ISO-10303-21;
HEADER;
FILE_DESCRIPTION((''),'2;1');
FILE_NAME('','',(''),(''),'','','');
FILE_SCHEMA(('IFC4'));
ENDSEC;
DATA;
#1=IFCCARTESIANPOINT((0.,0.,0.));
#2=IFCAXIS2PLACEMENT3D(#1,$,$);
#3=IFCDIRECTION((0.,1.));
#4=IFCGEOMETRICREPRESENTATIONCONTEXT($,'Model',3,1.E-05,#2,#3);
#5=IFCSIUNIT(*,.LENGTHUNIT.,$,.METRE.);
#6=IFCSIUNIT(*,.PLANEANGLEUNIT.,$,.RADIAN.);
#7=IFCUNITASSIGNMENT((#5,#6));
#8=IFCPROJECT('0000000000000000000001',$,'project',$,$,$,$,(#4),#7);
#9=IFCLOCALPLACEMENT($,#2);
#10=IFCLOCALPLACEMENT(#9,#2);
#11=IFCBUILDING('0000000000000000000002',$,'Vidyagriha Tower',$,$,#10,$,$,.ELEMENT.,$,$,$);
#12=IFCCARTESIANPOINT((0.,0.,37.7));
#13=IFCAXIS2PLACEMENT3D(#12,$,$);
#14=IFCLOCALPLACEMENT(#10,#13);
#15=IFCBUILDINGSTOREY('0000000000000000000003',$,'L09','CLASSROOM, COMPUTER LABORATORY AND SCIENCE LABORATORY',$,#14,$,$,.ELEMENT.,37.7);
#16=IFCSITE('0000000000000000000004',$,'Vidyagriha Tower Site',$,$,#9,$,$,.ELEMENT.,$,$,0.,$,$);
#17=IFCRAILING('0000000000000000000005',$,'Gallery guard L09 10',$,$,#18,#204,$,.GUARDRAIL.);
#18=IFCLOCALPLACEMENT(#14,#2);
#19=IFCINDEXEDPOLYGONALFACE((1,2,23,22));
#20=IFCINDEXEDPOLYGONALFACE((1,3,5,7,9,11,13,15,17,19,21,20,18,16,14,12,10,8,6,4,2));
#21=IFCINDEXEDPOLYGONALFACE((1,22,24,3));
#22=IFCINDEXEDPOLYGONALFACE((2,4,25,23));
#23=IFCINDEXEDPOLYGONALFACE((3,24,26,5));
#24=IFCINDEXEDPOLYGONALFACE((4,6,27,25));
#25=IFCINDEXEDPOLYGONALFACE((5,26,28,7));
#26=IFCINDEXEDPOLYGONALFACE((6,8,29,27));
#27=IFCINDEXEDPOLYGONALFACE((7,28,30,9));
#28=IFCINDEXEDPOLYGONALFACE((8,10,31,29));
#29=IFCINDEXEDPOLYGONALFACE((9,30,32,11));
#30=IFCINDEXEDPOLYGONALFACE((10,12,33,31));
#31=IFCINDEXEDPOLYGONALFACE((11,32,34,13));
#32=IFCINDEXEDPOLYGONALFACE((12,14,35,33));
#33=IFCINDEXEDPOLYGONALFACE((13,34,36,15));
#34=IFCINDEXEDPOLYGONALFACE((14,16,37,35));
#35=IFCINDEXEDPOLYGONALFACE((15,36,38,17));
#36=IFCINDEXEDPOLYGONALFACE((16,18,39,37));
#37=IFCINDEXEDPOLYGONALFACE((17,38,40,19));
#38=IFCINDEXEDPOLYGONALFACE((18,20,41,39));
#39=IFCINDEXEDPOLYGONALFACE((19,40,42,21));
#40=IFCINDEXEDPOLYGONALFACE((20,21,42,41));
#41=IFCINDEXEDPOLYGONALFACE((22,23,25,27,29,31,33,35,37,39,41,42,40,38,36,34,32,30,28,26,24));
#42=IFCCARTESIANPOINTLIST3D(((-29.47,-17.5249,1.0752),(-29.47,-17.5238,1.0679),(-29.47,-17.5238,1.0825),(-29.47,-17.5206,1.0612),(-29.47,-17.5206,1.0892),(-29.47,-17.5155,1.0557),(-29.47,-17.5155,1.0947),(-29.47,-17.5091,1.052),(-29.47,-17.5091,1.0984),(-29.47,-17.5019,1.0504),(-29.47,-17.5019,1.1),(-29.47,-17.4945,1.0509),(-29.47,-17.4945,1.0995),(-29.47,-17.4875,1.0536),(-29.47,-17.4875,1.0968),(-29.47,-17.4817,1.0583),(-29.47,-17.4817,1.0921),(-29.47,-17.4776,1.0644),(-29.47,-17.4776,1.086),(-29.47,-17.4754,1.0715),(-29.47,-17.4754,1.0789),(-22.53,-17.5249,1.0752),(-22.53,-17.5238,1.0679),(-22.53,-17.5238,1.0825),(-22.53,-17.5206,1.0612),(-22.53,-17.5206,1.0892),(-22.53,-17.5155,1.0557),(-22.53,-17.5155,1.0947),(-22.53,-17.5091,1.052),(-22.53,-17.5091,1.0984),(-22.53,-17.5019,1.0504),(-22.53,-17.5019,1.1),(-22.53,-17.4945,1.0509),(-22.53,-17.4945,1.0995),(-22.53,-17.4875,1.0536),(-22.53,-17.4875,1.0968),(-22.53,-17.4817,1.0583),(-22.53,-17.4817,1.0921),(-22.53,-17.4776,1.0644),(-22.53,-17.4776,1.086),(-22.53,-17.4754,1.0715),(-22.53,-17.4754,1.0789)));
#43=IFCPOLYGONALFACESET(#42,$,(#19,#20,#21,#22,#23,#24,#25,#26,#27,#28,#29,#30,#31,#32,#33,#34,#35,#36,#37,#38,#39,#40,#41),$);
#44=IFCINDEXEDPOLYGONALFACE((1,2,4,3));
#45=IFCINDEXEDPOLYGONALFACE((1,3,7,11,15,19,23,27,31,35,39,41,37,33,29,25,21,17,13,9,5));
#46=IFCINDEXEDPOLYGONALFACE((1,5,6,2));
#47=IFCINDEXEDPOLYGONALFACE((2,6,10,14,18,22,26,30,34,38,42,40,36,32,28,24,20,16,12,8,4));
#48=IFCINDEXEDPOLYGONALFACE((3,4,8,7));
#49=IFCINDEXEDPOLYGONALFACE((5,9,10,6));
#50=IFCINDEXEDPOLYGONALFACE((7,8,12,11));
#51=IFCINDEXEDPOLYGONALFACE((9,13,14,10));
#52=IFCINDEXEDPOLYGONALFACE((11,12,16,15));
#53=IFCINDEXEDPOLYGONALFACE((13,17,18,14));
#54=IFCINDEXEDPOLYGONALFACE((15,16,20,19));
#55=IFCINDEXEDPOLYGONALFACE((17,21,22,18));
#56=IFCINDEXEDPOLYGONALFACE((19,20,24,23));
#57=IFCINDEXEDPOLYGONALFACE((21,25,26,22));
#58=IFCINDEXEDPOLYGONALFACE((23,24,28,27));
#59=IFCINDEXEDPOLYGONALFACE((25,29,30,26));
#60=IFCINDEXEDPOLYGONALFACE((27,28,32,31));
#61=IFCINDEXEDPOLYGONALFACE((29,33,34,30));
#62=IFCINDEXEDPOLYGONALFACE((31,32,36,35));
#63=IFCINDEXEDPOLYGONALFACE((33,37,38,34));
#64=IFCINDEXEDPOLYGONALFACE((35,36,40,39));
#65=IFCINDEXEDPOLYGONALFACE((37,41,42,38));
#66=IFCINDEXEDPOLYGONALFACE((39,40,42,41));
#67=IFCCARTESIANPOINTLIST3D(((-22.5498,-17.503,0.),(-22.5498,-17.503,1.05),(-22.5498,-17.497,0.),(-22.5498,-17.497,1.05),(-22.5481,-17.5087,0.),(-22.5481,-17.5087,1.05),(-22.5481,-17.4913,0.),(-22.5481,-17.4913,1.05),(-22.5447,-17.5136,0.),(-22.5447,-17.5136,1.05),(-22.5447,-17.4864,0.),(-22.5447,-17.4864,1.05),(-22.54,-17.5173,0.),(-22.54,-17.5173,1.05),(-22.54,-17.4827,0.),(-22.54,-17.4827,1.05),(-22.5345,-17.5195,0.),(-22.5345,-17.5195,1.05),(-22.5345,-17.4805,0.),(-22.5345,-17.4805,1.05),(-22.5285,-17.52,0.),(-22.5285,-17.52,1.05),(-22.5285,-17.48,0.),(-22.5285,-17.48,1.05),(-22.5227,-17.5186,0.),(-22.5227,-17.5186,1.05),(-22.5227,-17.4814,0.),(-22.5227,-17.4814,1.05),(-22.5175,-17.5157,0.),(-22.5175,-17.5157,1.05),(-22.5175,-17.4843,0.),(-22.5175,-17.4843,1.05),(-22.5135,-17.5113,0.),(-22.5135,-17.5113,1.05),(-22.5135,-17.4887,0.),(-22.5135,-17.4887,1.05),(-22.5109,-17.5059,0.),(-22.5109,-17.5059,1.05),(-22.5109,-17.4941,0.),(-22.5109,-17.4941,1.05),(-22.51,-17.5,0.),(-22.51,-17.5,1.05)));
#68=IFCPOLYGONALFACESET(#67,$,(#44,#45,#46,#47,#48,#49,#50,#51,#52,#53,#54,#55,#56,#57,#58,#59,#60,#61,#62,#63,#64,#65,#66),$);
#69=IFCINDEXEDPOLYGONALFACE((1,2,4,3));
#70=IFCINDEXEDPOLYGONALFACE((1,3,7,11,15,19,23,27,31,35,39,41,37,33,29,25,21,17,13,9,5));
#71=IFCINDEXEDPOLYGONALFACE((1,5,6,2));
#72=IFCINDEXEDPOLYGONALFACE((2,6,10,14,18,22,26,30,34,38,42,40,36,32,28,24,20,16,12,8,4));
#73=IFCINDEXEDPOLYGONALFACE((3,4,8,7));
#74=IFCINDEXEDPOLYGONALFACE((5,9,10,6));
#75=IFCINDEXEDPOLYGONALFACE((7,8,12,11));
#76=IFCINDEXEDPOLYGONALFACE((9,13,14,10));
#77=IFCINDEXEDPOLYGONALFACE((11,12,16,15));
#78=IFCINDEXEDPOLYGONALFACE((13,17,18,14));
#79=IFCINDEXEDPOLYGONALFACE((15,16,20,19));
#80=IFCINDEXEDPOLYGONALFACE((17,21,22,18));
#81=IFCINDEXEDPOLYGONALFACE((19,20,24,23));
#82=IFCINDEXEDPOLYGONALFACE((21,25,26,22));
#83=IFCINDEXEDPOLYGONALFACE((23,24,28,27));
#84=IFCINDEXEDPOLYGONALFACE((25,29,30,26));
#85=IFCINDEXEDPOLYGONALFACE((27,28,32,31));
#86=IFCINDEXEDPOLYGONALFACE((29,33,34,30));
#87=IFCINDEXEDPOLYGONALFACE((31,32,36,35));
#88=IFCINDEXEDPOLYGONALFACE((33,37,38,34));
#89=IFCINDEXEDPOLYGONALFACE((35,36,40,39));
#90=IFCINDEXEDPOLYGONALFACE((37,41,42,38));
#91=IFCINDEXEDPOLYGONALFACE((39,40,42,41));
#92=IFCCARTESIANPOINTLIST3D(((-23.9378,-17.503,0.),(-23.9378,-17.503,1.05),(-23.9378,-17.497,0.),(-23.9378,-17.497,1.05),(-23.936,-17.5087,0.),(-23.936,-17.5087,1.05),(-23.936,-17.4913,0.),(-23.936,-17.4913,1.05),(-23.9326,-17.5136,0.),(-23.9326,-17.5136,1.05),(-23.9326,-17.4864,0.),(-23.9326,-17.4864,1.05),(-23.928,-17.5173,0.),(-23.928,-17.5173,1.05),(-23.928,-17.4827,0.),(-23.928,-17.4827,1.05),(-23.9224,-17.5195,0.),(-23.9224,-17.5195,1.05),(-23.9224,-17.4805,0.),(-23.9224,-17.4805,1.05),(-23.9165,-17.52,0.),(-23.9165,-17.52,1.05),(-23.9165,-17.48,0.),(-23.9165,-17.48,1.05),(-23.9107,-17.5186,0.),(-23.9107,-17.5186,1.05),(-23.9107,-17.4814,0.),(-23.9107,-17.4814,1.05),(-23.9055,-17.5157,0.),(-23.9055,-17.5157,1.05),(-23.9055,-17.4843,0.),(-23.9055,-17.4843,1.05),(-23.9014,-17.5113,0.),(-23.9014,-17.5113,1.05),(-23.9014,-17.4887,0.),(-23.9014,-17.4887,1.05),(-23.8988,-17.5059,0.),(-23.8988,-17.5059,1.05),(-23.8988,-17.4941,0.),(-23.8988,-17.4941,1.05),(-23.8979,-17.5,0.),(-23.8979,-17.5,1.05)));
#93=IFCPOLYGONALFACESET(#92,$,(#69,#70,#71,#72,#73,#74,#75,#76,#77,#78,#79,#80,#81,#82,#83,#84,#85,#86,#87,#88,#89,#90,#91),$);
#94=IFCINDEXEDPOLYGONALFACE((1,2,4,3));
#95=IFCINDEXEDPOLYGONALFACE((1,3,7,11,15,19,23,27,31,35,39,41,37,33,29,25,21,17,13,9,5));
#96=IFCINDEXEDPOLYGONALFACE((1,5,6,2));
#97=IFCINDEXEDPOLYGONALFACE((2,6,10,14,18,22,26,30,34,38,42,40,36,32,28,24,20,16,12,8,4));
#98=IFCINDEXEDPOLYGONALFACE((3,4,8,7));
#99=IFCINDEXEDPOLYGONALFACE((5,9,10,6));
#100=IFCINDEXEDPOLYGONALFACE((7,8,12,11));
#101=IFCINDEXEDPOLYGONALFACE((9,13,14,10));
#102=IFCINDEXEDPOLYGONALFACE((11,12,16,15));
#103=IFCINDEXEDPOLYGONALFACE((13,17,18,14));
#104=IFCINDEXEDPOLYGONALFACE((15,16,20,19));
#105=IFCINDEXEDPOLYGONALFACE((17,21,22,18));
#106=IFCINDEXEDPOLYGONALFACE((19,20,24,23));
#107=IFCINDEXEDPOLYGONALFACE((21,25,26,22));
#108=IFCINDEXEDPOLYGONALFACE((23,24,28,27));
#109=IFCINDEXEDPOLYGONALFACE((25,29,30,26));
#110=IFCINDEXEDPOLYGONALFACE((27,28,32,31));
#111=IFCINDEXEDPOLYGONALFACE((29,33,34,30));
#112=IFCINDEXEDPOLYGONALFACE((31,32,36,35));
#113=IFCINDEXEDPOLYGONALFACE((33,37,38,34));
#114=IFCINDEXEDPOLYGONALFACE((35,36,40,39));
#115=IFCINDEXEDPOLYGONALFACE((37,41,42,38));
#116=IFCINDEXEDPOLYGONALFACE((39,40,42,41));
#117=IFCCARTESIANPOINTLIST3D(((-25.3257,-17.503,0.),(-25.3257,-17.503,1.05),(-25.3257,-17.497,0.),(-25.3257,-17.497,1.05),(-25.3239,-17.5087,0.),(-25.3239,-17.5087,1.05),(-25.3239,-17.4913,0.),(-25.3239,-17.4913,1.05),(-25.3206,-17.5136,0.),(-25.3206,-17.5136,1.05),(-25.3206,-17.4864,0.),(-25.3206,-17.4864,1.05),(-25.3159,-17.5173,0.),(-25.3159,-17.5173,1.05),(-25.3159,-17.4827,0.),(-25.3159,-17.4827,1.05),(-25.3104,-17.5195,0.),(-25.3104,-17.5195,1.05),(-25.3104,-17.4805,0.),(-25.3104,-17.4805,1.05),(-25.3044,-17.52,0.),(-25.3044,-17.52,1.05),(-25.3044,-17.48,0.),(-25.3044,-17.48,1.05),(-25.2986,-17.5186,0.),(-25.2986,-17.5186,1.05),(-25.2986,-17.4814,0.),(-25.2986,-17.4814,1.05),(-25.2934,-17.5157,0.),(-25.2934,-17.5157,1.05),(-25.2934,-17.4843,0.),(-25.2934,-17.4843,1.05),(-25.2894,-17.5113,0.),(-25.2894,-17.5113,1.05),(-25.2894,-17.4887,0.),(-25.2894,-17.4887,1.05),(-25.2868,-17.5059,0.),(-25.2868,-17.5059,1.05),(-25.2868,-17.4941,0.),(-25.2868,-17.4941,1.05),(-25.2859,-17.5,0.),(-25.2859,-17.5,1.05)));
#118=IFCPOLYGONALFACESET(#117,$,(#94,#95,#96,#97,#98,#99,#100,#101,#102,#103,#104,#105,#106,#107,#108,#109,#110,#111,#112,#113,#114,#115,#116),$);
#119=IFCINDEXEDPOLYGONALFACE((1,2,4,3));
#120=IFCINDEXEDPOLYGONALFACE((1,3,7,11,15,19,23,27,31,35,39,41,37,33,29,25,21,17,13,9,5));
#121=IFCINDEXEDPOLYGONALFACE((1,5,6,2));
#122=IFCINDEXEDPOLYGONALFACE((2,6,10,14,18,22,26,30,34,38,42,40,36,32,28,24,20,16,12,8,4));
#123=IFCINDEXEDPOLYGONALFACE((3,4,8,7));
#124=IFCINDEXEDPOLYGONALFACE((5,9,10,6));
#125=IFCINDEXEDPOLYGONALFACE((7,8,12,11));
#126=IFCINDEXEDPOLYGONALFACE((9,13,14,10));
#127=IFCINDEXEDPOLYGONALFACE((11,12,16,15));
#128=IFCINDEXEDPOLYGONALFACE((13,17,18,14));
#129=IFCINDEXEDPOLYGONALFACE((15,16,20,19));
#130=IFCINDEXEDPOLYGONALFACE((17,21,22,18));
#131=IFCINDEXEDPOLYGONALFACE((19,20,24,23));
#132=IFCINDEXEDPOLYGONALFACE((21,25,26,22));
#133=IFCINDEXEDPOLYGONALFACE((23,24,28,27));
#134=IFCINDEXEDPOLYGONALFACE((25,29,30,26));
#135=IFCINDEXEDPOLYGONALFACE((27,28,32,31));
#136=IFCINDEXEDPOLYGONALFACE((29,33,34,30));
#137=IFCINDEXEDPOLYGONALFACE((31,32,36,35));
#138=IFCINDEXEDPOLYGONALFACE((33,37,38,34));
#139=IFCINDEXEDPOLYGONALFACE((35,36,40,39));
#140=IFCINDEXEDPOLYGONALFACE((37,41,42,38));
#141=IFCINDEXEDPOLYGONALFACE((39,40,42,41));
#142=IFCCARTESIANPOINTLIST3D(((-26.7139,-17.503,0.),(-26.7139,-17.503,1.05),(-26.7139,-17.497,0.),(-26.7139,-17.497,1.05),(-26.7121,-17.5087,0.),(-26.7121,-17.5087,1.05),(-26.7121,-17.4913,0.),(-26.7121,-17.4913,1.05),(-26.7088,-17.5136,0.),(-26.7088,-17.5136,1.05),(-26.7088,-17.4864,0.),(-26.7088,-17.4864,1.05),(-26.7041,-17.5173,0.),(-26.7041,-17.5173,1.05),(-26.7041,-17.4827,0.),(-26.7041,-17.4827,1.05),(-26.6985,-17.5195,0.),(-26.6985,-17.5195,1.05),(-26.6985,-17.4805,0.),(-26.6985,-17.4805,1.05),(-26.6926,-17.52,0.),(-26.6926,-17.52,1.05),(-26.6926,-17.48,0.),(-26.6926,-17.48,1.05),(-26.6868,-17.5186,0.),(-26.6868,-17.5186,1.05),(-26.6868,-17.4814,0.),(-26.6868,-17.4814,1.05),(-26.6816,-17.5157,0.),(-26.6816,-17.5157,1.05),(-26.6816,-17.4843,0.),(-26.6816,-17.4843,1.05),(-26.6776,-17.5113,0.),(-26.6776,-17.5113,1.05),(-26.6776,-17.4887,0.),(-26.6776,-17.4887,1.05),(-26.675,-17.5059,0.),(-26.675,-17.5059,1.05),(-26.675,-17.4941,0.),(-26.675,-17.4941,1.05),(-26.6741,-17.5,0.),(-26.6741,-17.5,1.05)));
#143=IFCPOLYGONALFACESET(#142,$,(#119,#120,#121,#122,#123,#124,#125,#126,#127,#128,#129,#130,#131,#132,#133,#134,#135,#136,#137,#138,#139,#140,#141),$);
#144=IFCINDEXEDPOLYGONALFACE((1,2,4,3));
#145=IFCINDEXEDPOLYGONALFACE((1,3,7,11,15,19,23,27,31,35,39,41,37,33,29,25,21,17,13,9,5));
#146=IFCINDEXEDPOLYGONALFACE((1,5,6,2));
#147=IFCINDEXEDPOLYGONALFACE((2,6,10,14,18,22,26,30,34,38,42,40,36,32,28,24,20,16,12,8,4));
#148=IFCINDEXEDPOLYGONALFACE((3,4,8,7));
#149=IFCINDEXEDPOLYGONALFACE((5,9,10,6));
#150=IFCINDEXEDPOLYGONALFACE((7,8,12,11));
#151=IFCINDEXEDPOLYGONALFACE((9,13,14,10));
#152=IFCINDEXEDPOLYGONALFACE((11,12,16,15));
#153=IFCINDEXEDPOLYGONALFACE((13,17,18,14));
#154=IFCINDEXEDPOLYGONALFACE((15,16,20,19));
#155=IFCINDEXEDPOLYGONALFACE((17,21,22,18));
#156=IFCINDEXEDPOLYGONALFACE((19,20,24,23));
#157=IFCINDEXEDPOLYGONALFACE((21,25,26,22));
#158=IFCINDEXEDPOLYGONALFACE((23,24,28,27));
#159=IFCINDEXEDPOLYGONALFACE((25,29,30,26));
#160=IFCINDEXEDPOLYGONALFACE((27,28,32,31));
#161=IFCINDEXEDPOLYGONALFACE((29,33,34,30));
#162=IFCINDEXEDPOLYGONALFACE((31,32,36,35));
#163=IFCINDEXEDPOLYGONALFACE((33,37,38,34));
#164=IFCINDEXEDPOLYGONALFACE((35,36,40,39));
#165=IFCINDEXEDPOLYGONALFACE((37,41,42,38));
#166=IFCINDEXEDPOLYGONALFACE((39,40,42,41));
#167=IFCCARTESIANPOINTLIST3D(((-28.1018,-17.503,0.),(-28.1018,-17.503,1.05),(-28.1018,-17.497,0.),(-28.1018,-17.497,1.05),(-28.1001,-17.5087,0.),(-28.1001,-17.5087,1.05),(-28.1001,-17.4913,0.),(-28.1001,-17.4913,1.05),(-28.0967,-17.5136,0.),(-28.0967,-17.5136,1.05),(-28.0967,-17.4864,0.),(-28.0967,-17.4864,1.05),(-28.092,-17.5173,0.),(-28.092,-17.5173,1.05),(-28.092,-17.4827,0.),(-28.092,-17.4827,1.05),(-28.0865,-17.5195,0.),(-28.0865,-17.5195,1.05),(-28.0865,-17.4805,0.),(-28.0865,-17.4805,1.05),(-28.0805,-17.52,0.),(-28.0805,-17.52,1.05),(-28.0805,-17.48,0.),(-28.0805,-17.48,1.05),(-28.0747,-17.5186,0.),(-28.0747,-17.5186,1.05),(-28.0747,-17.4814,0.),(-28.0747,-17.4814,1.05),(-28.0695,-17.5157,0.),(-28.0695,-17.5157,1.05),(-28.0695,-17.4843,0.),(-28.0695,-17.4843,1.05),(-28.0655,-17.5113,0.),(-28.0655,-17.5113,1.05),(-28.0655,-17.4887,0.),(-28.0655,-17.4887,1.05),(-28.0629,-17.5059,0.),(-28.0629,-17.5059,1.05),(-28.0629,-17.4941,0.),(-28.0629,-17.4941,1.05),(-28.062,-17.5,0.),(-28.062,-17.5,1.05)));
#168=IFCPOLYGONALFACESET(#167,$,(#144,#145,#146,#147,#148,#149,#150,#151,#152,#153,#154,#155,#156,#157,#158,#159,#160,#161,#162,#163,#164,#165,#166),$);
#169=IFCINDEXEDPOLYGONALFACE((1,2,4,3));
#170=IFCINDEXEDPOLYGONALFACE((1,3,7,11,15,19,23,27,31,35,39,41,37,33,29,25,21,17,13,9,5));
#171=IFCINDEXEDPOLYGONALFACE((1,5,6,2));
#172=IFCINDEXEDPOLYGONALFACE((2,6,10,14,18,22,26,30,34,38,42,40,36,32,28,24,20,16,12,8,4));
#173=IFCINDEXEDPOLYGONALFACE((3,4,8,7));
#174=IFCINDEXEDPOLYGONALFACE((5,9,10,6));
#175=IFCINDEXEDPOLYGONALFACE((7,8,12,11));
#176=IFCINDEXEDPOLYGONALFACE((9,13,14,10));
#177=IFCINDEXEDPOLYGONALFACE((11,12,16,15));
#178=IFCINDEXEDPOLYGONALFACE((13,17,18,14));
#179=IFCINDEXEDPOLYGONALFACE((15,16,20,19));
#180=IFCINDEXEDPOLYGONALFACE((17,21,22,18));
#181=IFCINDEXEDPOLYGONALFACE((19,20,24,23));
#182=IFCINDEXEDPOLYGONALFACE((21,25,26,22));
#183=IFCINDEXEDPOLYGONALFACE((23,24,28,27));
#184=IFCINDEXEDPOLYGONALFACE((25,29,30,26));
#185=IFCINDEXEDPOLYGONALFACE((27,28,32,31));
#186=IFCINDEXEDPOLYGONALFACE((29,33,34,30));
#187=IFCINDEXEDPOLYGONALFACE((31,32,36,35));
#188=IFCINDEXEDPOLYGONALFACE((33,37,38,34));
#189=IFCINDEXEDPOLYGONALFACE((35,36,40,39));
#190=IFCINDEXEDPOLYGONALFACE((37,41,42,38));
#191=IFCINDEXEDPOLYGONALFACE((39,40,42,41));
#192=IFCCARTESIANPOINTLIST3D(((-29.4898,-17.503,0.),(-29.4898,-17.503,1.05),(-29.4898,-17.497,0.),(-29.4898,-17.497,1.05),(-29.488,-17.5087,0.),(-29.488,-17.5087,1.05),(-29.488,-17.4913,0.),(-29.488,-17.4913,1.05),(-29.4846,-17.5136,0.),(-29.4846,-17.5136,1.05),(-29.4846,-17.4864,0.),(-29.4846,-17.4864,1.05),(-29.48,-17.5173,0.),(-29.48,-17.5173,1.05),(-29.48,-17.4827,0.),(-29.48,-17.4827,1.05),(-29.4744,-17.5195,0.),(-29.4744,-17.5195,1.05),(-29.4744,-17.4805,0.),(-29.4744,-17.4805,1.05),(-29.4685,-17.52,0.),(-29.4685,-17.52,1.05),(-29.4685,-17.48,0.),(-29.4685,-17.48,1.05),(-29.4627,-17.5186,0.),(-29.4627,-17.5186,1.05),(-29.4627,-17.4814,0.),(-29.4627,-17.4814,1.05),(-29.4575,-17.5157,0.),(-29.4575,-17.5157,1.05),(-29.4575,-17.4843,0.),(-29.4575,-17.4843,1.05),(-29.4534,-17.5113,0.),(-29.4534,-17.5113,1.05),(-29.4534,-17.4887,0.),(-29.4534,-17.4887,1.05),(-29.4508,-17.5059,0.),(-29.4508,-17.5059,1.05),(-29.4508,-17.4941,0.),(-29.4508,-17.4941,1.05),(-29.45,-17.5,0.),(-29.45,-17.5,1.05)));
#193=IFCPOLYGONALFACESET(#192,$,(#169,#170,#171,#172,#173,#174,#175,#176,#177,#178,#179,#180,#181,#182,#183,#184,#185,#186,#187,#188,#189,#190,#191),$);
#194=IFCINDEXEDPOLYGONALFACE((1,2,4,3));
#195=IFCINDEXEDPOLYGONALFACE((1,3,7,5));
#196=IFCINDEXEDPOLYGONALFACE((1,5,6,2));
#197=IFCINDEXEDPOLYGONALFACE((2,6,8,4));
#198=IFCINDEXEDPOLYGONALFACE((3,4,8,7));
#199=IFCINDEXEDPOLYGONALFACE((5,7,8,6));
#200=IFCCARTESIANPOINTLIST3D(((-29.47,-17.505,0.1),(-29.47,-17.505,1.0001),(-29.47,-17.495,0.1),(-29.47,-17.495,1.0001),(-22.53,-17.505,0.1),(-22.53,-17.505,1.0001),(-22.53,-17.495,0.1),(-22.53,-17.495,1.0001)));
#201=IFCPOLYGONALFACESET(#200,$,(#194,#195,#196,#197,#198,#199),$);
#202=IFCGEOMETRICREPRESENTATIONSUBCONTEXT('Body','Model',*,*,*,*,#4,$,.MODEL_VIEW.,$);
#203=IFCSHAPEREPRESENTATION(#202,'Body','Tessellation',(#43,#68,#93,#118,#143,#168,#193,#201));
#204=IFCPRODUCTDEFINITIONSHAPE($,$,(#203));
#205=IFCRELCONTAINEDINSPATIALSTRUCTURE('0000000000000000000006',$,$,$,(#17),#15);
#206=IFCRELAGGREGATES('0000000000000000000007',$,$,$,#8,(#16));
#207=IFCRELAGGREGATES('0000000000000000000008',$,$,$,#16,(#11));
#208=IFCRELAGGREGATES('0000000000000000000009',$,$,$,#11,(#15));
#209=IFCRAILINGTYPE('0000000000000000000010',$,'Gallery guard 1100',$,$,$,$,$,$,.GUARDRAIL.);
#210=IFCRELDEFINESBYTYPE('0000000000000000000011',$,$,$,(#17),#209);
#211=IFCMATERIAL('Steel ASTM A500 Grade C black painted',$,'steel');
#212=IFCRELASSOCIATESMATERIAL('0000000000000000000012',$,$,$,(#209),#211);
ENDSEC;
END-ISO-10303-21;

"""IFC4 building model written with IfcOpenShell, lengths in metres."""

from ifc_helpers import new_model, si_unit, direction, frame, origin, origin_2d, place, context, subcontext, project, spatial, rectangle, circle, extrude, material, type_object, element, save


model = new_model("IFC4")

# Units and contexts
model_context = context("Model", 3, precision=1e-05, world=origin(), true_north=direction((0.0, 1.0)))
body_context = subcontext(model_context, "Body", "Model", "MODEL_VIEW")
ifc_project = project(units=[si_unit("LENGTHUNIT", "METRE"), si_unit("PLANEANGLEUNIT", "RADIAN")], contexts=[model_context])

# Site, building, storey
site_placement = place(None, origin())
site = spatial("IfcSite", under=ifc_project, at=site_placement, Name="Vidyagriha Tower Site", CompositionType="ELEMENT", RefElevation=0.0)
building_placement = place(site_placement, origin())
building = spatial("IfcBuilding", under=site, at=building_placement, Name="Vidyagriha Tower", CompositionType="ELEMENT")
storey_placement = place(building_placement, frame((0.0, 0.0, 37.7)))
storey = spatial("IfcBuildingStorey", under=building, at=storey_placement, Name="L09", Description="CLASSROOM, COMPUTER LABORATORY AND SCIENCE LABORATORY", CompositionType="ELEMENT", Elevation=37.7)

# Railing
ifc_material_1 = material(Name="Steel ASTM A500 Grade C black painted", Category="steel")
railing_type = type_object("IfcRailingType", Name="Gallery guard 1100", PredefinedType="GUARDRAIL", material=ifc_material_1)
for number, where, name in (
    (1, (-22.53, -17.5, 0.0), "Gallery guard L09 10"),
):
    element("IfcRailing", number, at=place(storey_placement, frame(where)), inside=storey, type_object=railing_type, Name=name, PredefinedType="GUARDRAIL", context=body_context, shape_type="SweptSolid", body=[
        extrude(circle(Radius=0.0249, at=origin_2d()), frame((0.0, 0.0, 1.0752), z_axis=(-1.0, 0.0, 0.0), x_axis=(0.0, -1.0, 0.0)), (0.0, 0.0, 1.0), 6.9399),
        extrude(circle(Radius=0.02, at=origin_2d()), origin(), (0.0, 0.0, 1.0), 1.05),
        extrude(circle(Radius=0.02, at=origin_2d()), frame((-1.3879, 0.0, 0.0)), (0.0, 0.0, 1.0), 1.05),
        extrude(circle(Radius=0.02, at=origin_2d()), frame((-2.7759, 0.0, 0.0)), (0.0, 0.0, 1.0), 1.05),
        extrude(circle(Radius=0.02, at=origin_2d()), frame((-4.1641, 0.0, 0.0)), (0.0, 0.0, 1.0), 1.05),
        extrude(circle(Radius=0.02, at=origin_2d()), frame((-5.552, 0.0, 0.0)), (0.0, 0.0, 1.0), 1.05),
        extrude(circle(Radius=0.02, at=origin_2d()), frame((-6.9399, 0.0, 0.0)), (0.0, 0.0, 1.0), 1.05),
        extrude(rectangle(XDim=0.01, YDim=0.9001, at=origin_2d()), frame((0.0, 0.0, 0.55), z_axis=(-1.0, 0.0, 0.0), x_axis=(0.0, -1.0, 0.0)), (0.0, 0.0, 1.0), 6.9399),
    ])

save(model, "model.ifc")
